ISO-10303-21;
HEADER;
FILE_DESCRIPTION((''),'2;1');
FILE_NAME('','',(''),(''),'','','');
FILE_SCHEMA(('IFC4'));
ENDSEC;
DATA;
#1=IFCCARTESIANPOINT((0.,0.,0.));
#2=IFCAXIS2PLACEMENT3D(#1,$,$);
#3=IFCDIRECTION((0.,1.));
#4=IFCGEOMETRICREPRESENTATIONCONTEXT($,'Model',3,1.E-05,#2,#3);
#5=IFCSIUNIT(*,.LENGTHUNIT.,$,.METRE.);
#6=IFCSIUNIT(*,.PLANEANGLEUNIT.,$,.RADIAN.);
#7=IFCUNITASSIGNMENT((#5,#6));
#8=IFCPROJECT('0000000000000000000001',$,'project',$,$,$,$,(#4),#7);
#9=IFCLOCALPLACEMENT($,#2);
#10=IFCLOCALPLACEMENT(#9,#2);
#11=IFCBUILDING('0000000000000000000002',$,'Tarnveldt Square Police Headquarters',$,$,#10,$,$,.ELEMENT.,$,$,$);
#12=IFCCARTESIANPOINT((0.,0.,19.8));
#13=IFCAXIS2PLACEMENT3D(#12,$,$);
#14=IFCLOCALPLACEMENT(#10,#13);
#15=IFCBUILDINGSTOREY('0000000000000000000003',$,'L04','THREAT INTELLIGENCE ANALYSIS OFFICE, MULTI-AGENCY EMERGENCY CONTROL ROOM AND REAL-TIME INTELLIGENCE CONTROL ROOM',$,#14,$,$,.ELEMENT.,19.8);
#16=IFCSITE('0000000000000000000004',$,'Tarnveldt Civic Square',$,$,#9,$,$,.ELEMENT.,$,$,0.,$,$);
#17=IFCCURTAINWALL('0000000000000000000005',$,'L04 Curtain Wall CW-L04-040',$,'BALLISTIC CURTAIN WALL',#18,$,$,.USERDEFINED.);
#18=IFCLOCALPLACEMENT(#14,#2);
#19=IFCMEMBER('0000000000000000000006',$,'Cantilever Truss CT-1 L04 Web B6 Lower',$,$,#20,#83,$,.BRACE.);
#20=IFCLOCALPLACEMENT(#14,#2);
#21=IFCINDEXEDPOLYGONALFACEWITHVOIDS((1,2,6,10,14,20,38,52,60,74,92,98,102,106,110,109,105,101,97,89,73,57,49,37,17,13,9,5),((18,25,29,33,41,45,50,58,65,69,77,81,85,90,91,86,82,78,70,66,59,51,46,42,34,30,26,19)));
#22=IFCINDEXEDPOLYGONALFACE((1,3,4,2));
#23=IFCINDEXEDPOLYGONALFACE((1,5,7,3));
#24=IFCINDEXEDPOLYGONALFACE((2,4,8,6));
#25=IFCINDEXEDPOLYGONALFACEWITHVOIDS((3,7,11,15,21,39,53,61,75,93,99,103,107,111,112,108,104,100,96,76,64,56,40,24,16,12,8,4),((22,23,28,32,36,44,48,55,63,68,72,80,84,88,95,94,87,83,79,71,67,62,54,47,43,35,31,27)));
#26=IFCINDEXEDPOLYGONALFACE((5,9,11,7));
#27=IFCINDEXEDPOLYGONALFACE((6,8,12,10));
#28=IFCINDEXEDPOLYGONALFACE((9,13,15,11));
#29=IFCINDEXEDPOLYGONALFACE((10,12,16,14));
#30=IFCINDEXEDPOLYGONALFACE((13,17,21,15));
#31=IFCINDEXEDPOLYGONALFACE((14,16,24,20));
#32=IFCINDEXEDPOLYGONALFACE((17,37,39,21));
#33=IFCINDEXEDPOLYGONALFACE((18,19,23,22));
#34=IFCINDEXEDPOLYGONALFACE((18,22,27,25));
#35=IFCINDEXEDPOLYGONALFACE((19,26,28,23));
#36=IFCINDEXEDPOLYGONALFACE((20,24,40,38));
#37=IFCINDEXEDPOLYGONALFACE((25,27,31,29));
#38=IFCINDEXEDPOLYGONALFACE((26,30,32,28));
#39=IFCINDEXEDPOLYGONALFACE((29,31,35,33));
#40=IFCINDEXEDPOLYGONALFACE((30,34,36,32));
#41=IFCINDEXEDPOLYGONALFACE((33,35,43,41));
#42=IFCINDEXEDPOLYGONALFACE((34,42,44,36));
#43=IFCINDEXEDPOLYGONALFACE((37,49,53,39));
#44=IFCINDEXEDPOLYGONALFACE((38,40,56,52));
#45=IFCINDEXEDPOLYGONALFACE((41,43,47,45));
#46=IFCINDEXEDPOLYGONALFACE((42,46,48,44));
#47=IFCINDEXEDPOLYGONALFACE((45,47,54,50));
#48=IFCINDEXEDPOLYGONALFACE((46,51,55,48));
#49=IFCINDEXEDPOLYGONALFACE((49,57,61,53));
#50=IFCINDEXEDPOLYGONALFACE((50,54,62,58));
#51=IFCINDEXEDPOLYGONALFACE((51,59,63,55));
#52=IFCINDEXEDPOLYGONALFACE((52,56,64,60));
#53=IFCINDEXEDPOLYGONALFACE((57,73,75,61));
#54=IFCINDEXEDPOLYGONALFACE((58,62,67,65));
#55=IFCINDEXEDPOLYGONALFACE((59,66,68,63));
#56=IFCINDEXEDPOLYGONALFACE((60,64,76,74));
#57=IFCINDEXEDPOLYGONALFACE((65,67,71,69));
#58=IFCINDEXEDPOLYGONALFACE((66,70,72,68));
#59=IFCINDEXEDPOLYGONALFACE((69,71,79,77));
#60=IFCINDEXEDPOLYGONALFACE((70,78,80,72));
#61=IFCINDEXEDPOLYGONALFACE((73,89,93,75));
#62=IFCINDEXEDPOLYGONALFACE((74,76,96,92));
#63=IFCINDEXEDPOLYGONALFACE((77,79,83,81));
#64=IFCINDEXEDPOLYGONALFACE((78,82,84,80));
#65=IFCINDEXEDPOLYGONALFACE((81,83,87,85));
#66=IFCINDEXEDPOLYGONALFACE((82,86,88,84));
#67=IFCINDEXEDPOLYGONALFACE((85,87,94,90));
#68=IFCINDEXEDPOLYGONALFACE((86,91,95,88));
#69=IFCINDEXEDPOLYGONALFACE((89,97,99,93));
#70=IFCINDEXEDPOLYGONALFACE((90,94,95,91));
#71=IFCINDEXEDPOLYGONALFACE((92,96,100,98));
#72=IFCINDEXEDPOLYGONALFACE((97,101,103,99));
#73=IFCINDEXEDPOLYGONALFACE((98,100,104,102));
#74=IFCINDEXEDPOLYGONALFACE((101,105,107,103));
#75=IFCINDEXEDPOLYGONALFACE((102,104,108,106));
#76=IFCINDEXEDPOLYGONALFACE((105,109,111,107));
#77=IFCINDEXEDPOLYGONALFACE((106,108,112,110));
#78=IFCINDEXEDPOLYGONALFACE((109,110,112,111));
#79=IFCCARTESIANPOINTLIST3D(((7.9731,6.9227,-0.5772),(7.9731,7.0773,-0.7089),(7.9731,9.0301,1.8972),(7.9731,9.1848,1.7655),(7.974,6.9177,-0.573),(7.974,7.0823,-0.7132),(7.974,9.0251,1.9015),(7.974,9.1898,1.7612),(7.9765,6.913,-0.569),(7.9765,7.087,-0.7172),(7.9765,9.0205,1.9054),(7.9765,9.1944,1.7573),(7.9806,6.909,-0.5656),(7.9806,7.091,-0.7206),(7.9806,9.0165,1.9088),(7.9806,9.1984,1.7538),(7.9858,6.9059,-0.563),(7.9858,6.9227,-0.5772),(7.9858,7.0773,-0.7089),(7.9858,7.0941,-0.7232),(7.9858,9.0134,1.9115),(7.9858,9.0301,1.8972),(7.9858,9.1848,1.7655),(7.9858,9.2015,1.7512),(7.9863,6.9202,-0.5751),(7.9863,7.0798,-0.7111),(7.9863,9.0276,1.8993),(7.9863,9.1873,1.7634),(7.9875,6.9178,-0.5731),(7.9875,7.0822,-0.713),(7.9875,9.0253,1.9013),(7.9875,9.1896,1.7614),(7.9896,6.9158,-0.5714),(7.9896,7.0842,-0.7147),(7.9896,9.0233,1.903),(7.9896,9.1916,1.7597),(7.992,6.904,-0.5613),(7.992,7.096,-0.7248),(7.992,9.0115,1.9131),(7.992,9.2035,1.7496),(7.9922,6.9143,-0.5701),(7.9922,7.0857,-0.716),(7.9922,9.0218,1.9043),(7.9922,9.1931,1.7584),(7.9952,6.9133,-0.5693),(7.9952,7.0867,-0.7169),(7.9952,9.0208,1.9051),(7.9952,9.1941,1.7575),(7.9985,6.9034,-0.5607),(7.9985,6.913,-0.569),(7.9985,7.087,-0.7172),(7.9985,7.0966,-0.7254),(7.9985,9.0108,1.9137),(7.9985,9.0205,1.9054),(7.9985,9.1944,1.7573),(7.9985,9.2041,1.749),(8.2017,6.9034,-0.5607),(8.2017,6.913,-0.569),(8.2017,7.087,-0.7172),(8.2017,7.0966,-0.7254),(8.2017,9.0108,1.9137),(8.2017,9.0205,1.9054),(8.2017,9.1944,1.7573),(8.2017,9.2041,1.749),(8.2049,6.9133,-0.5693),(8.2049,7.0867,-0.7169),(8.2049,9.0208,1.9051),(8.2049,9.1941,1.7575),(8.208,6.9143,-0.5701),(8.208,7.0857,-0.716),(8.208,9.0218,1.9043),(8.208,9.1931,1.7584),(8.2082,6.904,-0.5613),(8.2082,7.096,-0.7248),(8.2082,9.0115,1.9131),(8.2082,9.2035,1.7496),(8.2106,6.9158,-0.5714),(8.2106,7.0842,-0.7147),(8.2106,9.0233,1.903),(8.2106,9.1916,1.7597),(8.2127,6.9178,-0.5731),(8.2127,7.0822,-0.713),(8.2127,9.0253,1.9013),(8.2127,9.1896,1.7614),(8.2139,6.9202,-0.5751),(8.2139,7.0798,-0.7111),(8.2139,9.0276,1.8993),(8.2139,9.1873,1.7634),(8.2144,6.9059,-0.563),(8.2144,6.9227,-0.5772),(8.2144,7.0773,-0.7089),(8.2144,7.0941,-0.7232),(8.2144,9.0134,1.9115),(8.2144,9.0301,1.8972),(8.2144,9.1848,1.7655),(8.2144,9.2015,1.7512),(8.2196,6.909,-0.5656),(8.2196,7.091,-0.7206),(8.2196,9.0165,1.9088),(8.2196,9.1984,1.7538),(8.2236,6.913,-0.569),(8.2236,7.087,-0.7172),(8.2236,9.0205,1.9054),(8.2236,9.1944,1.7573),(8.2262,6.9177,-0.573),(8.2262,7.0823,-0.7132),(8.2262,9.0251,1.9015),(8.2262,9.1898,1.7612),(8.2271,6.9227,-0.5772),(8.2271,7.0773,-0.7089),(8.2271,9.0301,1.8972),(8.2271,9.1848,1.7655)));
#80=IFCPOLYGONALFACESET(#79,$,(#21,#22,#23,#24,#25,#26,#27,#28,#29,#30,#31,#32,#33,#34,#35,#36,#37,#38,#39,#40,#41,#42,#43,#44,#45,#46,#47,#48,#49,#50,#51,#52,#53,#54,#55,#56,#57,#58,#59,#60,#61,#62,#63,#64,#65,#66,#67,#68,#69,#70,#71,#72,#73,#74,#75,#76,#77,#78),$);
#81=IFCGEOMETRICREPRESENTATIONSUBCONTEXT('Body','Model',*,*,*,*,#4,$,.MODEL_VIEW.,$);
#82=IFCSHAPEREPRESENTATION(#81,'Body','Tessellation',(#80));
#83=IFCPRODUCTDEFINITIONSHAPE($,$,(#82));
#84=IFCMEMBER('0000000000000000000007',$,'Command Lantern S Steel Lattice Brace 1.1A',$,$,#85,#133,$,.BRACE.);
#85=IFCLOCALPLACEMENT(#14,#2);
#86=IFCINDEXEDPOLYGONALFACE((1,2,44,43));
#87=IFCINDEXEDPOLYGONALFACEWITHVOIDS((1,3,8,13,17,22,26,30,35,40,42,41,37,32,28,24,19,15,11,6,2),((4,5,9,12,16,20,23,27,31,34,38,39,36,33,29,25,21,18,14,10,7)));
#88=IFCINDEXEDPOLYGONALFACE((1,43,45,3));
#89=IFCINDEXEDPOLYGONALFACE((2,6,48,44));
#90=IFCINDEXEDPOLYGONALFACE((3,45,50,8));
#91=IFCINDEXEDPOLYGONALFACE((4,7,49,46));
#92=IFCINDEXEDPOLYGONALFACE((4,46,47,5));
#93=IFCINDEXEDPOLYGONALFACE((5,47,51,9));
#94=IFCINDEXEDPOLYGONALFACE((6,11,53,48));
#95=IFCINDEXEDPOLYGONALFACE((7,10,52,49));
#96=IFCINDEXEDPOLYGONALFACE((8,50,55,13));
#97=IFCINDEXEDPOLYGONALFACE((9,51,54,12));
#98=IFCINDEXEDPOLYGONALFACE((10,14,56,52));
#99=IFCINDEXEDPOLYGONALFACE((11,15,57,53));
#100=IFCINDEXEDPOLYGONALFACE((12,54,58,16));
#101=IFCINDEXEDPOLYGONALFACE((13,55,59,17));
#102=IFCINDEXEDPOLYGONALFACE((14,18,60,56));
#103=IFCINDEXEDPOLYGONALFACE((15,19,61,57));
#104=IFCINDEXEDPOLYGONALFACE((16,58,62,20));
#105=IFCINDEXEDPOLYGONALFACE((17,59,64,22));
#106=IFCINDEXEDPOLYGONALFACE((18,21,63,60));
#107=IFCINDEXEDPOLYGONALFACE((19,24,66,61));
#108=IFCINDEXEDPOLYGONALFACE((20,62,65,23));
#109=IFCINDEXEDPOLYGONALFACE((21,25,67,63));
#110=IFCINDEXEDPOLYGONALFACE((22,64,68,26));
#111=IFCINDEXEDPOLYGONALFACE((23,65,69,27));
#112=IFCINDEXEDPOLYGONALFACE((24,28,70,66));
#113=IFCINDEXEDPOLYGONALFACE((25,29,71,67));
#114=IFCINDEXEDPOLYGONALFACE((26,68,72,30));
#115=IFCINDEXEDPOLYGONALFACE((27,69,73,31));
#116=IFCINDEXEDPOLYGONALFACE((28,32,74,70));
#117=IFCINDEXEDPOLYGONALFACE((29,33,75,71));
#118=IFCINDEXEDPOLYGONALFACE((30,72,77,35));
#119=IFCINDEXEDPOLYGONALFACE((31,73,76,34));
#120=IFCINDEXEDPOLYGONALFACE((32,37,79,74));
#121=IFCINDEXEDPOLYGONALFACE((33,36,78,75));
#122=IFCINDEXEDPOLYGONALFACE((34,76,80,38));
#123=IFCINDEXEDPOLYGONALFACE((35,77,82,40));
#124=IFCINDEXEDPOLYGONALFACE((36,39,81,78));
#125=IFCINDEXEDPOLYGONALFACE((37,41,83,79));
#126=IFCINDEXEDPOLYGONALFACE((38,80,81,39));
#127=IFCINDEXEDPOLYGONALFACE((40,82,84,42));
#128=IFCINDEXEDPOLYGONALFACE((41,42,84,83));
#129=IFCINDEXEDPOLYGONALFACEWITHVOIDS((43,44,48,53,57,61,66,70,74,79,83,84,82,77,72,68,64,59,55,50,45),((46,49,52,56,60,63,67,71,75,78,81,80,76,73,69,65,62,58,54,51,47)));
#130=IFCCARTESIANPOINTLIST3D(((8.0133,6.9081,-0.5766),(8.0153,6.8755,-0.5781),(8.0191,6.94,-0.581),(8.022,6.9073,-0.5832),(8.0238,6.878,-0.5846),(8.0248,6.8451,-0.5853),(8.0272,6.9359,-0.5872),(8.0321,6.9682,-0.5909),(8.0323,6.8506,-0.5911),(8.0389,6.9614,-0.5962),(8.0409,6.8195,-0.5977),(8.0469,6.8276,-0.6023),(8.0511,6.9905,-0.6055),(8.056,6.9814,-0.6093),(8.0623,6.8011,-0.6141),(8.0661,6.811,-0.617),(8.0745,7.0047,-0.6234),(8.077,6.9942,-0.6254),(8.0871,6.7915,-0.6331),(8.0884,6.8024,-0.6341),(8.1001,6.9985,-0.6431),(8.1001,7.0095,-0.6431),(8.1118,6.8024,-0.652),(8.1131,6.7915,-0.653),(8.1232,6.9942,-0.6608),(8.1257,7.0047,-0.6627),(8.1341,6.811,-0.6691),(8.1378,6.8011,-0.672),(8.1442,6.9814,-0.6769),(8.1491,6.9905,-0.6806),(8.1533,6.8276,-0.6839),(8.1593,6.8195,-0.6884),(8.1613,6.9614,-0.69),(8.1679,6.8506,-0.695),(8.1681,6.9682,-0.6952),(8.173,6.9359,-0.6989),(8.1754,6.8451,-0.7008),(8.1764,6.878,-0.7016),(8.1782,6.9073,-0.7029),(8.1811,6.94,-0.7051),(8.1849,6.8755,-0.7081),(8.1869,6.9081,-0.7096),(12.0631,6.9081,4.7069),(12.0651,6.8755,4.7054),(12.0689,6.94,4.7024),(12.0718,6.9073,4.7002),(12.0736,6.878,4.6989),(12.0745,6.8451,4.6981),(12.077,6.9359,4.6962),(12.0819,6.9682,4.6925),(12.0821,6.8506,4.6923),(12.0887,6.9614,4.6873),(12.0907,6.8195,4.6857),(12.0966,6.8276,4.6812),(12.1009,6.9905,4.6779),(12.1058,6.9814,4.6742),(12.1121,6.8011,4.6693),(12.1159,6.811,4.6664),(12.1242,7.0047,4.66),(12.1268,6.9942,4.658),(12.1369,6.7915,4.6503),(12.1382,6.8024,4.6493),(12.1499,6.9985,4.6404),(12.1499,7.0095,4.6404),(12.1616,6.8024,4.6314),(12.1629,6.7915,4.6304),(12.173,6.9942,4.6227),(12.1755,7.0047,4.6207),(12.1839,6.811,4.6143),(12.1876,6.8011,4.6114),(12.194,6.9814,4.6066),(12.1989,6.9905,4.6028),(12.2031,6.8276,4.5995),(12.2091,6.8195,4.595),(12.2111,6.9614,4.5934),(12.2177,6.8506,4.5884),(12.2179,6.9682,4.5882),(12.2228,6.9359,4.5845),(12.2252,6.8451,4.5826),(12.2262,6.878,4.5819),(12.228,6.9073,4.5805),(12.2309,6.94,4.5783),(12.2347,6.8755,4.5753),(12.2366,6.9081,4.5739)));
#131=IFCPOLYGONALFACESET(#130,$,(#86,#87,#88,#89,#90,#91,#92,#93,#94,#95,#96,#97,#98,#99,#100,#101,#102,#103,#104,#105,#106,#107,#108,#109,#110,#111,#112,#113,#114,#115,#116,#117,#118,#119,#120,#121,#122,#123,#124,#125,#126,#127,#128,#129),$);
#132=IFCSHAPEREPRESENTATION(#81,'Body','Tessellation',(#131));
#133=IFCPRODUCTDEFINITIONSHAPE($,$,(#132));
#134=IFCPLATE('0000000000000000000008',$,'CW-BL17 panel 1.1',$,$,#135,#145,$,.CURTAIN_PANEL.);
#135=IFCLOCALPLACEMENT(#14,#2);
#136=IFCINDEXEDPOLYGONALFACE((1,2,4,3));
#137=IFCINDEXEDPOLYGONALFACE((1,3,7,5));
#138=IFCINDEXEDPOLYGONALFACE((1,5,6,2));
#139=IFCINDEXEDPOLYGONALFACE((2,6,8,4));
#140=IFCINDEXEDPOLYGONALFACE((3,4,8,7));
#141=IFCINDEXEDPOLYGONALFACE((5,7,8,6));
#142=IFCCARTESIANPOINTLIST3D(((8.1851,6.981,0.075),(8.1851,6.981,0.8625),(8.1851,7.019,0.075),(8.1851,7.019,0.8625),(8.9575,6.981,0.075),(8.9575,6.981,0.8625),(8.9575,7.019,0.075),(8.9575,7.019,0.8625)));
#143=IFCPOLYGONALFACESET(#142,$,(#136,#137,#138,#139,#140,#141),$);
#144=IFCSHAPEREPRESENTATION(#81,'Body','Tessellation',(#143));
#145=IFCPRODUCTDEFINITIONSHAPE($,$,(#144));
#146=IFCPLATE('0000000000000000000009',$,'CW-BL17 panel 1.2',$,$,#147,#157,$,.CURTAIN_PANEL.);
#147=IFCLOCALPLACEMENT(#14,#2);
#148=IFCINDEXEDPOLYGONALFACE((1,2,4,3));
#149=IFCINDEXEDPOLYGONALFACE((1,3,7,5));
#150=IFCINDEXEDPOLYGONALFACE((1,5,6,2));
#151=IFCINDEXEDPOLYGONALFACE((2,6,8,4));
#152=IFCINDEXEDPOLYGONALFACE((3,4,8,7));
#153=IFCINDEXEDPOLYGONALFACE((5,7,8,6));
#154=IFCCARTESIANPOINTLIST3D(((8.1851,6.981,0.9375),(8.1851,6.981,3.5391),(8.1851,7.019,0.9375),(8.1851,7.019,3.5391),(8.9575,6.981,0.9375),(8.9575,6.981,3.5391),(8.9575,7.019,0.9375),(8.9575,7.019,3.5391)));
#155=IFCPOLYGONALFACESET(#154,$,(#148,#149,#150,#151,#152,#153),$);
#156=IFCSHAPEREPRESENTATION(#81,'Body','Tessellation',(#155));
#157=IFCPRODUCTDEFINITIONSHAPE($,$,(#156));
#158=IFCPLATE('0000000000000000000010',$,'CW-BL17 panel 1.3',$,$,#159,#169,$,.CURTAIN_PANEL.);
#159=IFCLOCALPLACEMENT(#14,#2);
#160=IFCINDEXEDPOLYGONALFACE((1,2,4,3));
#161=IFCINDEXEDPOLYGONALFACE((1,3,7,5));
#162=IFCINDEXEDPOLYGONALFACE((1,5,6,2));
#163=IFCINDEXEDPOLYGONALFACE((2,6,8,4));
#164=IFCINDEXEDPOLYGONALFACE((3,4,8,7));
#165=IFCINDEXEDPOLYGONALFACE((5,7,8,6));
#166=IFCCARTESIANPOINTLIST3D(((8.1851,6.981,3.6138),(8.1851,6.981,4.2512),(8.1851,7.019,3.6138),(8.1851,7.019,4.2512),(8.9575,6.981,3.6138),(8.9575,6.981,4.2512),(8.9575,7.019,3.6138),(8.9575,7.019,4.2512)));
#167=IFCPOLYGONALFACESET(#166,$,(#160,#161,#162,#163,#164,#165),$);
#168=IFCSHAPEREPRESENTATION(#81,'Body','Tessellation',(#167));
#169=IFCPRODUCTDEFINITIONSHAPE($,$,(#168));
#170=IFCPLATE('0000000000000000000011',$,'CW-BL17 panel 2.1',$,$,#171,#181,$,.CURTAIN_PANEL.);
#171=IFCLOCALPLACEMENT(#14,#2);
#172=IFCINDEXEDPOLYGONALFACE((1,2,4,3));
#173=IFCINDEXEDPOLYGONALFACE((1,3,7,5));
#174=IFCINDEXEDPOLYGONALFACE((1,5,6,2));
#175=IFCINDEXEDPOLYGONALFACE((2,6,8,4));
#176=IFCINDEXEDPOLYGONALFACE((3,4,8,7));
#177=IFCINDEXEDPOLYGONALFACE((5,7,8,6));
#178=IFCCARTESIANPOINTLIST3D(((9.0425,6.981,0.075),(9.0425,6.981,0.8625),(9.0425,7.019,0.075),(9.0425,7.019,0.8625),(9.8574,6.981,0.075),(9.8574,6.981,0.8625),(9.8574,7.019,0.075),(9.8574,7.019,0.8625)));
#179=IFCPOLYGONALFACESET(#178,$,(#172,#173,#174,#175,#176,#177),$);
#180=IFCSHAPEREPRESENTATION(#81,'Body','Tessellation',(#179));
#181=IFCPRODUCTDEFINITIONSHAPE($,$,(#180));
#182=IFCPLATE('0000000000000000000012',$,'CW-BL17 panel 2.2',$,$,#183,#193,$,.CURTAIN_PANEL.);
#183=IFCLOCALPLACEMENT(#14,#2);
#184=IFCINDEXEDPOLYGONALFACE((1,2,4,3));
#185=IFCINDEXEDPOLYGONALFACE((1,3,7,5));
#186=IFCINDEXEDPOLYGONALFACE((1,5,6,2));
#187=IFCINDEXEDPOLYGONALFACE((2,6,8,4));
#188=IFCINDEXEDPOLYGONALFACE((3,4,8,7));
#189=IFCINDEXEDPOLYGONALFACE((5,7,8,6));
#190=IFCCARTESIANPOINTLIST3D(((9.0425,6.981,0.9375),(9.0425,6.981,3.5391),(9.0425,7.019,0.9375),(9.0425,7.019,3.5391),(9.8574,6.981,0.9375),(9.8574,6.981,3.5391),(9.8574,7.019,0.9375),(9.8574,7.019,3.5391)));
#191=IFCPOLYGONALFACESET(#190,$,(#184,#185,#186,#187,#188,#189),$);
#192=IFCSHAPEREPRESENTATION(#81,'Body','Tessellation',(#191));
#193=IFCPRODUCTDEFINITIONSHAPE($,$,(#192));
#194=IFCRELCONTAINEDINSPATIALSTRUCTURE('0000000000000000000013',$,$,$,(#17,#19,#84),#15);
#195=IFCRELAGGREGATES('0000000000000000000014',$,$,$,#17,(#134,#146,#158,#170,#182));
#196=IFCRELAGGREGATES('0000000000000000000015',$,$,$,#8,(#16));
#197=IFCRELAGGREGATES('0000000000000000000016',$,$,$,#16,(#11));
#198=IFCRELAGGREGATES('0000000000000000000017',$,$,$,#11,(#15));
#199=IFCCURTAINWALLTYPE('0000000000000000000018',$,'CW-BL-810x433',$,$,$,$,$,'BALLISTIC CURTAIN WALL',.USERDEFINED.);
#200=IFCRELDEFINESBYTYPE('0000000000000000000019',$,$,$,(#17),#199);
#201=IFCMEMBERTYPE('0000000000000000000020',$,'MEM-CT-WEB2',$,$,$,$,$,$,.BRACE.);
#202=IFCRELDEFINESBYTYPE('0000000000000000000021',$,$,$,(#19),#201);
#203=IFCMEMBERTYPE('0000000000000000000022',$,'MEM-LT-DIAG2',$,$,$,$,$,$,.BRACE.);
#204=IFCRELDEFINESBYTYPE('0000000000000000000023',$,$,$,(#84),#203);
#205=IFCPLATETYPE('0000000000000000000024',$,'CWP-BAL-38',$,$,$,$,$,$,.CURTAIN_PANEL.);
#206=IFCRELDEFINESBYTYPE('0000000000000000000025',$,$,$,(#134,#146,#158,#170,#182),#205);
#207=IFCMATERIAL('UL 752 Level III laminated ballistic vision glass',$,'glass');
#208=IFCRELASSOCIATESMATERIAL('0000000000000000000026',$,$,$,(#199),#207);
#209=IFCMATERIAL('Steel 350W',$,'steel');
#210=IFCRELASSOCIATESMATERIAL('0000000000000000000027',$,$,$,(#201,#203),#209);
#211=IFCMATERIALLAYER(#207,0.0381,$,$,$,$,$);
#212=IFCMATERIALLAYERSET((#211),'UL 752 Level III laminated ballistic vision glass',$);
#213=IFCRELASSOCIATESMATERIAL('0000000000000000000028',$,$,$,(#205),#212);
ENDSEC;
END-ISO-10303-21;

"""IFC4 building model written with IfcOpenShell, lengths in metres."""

from ifc_helpers import new_model, si_unit, direction, frame, origin, origin_2d, place, context, subcontext, project, spatial, rectangle, hollow_rectangle, hollow_circle, extrude, material, layer, layer_set, material_profile, profile_set, type_object, element, aggregate, save


model = new_model("IFC4")

# Units and contexts
model_context = context("Model", 3, precision=1e-05, world=origin(), true_north=direction((0.0, 1.0)))
body_context = subcontext(model_context, "Body", "Model", "MODEL_VIEW")
ifc_project = project(units=[si_unit("LENGTHUNIT", "METRE"), si_unit("PLANEANGLEUNIT", "RADIAN")], contexts=[model_context])

# Site, building, storey
site_placement = place(None, origin())
site = spatial("IfcSite", under=ifc_project, at=site_placement, Name="Tarnveldt Civic Square", CompositionType="ELEMENT", RefElevation=0.0)
building_placement = place(site_placement, origin())
building = spatial("IfcBuilding", under=site, at=building_placement, Name="Tarnveldt Square Police Headquarters", CompositionType="ELEMENT")
storey_placement = place(building_placement, frame((0.0, 0.0, 19.8)))
storey = spatial("IfcBuildingStorey", under=building, at=storey_placement, Name="L04", Description="THREAT INTELLIGENCE ANALYSIS OFFICE, MULTI-AGENCY EMERGENCY CONTROL ROOM AND REAL-TIME INTELLIGENCE CONTROL ROOM", CompositionType="ELEMENT", Elevation=19.8)

# Shared definitions
ifc_material_1 = material(Name="Steel 350W", Category="steel")

# Curtain wall
ifc_material_2 = material(Name="UL 752 Level III laminated ballistic vision glass", Category="glass")
curtain_wall_type_1 = type_object("IfcCurtainWallType", Name="CW-BL-810x433", ElementType="BALLISTIC CURTAIN WALL", PredefinedType="USERDEFINED", material=ifc_material_2)
curtain_wall_1_placement = place(storey_placement, origin())
curtain_wall_1 = element("IfcCurtainWall", 1, at=curtain_wall_1_placement, inside=storey, type_object=curtain_wall_type_1, Name="L04 Curtain Wall CW-L04-040", ObjectType="BALLISTIC CURTAIN WALL", PredefinedType="USERDEFINED")

# Members
ifc_material_profile_1 = material_profile(ifc_material_1, hollow_rectangle(XDim=0.2539, YDim=0.2539, WallThickness=0.0127, InnerFilletRadius=0.0127, OuterFilletRadius=0.0254, at=origin_2d()), Name="HSS254x254x13")
ifc_profile_set_1 = profile_set([ifc_material_profile_1], Name="Steel 350W")
member_type_1 = type_object("IfcMemberType", Name="MEM-CT-WEB2", PredefinedType="BRACE", material=ifc_profile_set_1)
member_1_placement = place(storey_placement, frame((8.1001, 7.0, -0.6431), z_axis=(0.0, 0.6484, 0.7613), x_axis=(-1.0, 0.0, 0.0)))
element("IfcMember", 2, at=member_1_placement, inside=storey, type_object=member_type_1, Name="Cantilever Truss CT-1 L04 Web B6 Lower", PredefinedType="BRACE", context=body_context, shape_type="SweptSolid", body=[
    extrude(hollow_rectangle(XDim=0.2539, YDim=0.2539, WallThickness=0.0127, InnerFilletRadius=0.0127, OuterFilletRadius=0.0254, at=origin_2d()), origin(), (0.0, 0.0, 1.0), 3.2502),
])
ifc_material_profile_2 = material_profile(ifc_material_1, hollow_circle(Radius=0.1096, WallThickness=0.011, at=origin_2d()), Name="HSS219x11")
ifc_profile_set_2 = profile_set([ifc_material_profile_2], Name="Steel 350W")
member_type_2 = type_object("IfcMemberType", Name="MEM-LT-DIAG2", PredefinedType="BRACE", material=ifc_profile_set_2)
member_2_placement = place(storey_placement, frame((8.1001, 6.8999, -0.6431), z_axis=(0.608352, 0.0, 0.793667), x_axis=(0.0, 1.0, 0.0)))
element("IfcMember", 3, at=member_2_placement, inside=storey, type_object=member_type_2, Name="Command Lantern S Steel Lattice Brace 1.1A", PredefinedType="BRACE", context=body_context, shape_type="SweptSolid", body=[
    extrude(hollow_circle(Radius=0.1096, WallThickness=0.011, at=origin_2d()), origin(), (0.0, 0.0, 1.0), 6.657),
])

# Plates
ifc_layer_1 = layer(ifc_material_2, 0.0381)
ifc_layer_set_1 = layer_set([ifc_layer_1], Name="UL 752 Level III laminated ballistic vision glass")
plate_type = type_object("IfcPlateType", Name="CWP-BAL-38", PredefinedType="CURTAIN_PANEL", material=ifc_layer_set_1)
plate_1_placement = place(storey_placement, frame((8.5713, 7.0, 0.075), z_axis=(0.0, 0.0, 1.0), x_axis=(1.0, 0.0, 0.0)))
plate_1 = element("IfcPlate", 4, at=plate_1_placement, type_object=plate_type, Name="CW-BL17 panel 1.1", PredefinedType="CURTAIN_PANEL", context=body_context, shape_type="SweptSolid", body=[
    extrude(rectangle(XDim=0.7725, YDim=0.0381, at=origin_2d()), origin(), (0.0, 0.0, 1.0), 0.7876),
])
plate_2_placement = place(storey_placement, frame((8.5713, 7.0, 0.9375), z_axis=(0.0, 0.0, 1.0), x_axis=(1.0, 0.0, 0.0)))
plate_2 = element("IfcPlate", 5, at=plate_2_placement, type_object=plate_type, Name="CW-BL17 panel 1.2", PredefinedType="CURTAIN_PANEL", context=body_context, shape_type="SweptSolid", body=[
    extrude(rectangle(XDim=0.7725, YDim=0.0381, at=origin_2d()), origin(), (0.0, 0.0, 1.0), 2.6016),
])
plate_3_placement = place(storey_placement, frame((8.5713, 7.0, 3.6138), z_axis=(0.0, 0.0, 1.0), x_axis=(1.0, 0.0, 0.0)))
plate_3 = element("IfcPlate", 6, at=plate_3_placement, type_object=plate_type, Name="CW-BL17 panel 1.3", PredefinedType="CURTAIN_PANEL", context=body_context, shape_type="SweptSolid", body=[
    extrude(rectangle(XDim=0.7725, YDim=0.0381, at=origin_2d()), origin(), (0.0, 0.0, 1.0), 0.6375),
])
plate_4_placement = place(storey_placement, frame((9.45, 7.0, 0.075), z_axis=(0.0, 0.0, 1.0), x_axis=(1.0, 0.0, 0.0)))
plate_4 = element("IfcPlate", 7, at=plate_4_placement, type_object=plate_type, Name="CW-BL17 panel 2.1", PredefinedType="CURTAIN_PANEL", context=body_context, shape_type="SweptSolid", body=[
    extrude(rectangle(XDim=0.8149, YDim=0.0381, at=origin_2d()), origin(), (0.0, 0.0, 1.0), 0.7876),
])
plate_5_placement = place(storey_placement, frame((9.45, 7.0, 0.9375), z_axis=(0.0, 0.0, 1.0), x_axis=(1.0, 0.0, 0.0)))
plate_5 = element("IfcPlate", 8, at=plate_5_placement, type_object=plate_type, Name="CW-BL17 panel 2.2", PredefinedType="CURTAIN_PANEL", context=body_context, shape_type="SweptSolid", body=[
    extrude(rectangle(XDim=0.8149, YDim=0.0381, at=origin_2d()), origin(), (0.0, 0.0, 1.0), 2.6016),
])
aggregate(curtain_wall_1, [plate_1, plate_2, plate_3, plate_4, plate_5])

save(model, "model.ifc")
